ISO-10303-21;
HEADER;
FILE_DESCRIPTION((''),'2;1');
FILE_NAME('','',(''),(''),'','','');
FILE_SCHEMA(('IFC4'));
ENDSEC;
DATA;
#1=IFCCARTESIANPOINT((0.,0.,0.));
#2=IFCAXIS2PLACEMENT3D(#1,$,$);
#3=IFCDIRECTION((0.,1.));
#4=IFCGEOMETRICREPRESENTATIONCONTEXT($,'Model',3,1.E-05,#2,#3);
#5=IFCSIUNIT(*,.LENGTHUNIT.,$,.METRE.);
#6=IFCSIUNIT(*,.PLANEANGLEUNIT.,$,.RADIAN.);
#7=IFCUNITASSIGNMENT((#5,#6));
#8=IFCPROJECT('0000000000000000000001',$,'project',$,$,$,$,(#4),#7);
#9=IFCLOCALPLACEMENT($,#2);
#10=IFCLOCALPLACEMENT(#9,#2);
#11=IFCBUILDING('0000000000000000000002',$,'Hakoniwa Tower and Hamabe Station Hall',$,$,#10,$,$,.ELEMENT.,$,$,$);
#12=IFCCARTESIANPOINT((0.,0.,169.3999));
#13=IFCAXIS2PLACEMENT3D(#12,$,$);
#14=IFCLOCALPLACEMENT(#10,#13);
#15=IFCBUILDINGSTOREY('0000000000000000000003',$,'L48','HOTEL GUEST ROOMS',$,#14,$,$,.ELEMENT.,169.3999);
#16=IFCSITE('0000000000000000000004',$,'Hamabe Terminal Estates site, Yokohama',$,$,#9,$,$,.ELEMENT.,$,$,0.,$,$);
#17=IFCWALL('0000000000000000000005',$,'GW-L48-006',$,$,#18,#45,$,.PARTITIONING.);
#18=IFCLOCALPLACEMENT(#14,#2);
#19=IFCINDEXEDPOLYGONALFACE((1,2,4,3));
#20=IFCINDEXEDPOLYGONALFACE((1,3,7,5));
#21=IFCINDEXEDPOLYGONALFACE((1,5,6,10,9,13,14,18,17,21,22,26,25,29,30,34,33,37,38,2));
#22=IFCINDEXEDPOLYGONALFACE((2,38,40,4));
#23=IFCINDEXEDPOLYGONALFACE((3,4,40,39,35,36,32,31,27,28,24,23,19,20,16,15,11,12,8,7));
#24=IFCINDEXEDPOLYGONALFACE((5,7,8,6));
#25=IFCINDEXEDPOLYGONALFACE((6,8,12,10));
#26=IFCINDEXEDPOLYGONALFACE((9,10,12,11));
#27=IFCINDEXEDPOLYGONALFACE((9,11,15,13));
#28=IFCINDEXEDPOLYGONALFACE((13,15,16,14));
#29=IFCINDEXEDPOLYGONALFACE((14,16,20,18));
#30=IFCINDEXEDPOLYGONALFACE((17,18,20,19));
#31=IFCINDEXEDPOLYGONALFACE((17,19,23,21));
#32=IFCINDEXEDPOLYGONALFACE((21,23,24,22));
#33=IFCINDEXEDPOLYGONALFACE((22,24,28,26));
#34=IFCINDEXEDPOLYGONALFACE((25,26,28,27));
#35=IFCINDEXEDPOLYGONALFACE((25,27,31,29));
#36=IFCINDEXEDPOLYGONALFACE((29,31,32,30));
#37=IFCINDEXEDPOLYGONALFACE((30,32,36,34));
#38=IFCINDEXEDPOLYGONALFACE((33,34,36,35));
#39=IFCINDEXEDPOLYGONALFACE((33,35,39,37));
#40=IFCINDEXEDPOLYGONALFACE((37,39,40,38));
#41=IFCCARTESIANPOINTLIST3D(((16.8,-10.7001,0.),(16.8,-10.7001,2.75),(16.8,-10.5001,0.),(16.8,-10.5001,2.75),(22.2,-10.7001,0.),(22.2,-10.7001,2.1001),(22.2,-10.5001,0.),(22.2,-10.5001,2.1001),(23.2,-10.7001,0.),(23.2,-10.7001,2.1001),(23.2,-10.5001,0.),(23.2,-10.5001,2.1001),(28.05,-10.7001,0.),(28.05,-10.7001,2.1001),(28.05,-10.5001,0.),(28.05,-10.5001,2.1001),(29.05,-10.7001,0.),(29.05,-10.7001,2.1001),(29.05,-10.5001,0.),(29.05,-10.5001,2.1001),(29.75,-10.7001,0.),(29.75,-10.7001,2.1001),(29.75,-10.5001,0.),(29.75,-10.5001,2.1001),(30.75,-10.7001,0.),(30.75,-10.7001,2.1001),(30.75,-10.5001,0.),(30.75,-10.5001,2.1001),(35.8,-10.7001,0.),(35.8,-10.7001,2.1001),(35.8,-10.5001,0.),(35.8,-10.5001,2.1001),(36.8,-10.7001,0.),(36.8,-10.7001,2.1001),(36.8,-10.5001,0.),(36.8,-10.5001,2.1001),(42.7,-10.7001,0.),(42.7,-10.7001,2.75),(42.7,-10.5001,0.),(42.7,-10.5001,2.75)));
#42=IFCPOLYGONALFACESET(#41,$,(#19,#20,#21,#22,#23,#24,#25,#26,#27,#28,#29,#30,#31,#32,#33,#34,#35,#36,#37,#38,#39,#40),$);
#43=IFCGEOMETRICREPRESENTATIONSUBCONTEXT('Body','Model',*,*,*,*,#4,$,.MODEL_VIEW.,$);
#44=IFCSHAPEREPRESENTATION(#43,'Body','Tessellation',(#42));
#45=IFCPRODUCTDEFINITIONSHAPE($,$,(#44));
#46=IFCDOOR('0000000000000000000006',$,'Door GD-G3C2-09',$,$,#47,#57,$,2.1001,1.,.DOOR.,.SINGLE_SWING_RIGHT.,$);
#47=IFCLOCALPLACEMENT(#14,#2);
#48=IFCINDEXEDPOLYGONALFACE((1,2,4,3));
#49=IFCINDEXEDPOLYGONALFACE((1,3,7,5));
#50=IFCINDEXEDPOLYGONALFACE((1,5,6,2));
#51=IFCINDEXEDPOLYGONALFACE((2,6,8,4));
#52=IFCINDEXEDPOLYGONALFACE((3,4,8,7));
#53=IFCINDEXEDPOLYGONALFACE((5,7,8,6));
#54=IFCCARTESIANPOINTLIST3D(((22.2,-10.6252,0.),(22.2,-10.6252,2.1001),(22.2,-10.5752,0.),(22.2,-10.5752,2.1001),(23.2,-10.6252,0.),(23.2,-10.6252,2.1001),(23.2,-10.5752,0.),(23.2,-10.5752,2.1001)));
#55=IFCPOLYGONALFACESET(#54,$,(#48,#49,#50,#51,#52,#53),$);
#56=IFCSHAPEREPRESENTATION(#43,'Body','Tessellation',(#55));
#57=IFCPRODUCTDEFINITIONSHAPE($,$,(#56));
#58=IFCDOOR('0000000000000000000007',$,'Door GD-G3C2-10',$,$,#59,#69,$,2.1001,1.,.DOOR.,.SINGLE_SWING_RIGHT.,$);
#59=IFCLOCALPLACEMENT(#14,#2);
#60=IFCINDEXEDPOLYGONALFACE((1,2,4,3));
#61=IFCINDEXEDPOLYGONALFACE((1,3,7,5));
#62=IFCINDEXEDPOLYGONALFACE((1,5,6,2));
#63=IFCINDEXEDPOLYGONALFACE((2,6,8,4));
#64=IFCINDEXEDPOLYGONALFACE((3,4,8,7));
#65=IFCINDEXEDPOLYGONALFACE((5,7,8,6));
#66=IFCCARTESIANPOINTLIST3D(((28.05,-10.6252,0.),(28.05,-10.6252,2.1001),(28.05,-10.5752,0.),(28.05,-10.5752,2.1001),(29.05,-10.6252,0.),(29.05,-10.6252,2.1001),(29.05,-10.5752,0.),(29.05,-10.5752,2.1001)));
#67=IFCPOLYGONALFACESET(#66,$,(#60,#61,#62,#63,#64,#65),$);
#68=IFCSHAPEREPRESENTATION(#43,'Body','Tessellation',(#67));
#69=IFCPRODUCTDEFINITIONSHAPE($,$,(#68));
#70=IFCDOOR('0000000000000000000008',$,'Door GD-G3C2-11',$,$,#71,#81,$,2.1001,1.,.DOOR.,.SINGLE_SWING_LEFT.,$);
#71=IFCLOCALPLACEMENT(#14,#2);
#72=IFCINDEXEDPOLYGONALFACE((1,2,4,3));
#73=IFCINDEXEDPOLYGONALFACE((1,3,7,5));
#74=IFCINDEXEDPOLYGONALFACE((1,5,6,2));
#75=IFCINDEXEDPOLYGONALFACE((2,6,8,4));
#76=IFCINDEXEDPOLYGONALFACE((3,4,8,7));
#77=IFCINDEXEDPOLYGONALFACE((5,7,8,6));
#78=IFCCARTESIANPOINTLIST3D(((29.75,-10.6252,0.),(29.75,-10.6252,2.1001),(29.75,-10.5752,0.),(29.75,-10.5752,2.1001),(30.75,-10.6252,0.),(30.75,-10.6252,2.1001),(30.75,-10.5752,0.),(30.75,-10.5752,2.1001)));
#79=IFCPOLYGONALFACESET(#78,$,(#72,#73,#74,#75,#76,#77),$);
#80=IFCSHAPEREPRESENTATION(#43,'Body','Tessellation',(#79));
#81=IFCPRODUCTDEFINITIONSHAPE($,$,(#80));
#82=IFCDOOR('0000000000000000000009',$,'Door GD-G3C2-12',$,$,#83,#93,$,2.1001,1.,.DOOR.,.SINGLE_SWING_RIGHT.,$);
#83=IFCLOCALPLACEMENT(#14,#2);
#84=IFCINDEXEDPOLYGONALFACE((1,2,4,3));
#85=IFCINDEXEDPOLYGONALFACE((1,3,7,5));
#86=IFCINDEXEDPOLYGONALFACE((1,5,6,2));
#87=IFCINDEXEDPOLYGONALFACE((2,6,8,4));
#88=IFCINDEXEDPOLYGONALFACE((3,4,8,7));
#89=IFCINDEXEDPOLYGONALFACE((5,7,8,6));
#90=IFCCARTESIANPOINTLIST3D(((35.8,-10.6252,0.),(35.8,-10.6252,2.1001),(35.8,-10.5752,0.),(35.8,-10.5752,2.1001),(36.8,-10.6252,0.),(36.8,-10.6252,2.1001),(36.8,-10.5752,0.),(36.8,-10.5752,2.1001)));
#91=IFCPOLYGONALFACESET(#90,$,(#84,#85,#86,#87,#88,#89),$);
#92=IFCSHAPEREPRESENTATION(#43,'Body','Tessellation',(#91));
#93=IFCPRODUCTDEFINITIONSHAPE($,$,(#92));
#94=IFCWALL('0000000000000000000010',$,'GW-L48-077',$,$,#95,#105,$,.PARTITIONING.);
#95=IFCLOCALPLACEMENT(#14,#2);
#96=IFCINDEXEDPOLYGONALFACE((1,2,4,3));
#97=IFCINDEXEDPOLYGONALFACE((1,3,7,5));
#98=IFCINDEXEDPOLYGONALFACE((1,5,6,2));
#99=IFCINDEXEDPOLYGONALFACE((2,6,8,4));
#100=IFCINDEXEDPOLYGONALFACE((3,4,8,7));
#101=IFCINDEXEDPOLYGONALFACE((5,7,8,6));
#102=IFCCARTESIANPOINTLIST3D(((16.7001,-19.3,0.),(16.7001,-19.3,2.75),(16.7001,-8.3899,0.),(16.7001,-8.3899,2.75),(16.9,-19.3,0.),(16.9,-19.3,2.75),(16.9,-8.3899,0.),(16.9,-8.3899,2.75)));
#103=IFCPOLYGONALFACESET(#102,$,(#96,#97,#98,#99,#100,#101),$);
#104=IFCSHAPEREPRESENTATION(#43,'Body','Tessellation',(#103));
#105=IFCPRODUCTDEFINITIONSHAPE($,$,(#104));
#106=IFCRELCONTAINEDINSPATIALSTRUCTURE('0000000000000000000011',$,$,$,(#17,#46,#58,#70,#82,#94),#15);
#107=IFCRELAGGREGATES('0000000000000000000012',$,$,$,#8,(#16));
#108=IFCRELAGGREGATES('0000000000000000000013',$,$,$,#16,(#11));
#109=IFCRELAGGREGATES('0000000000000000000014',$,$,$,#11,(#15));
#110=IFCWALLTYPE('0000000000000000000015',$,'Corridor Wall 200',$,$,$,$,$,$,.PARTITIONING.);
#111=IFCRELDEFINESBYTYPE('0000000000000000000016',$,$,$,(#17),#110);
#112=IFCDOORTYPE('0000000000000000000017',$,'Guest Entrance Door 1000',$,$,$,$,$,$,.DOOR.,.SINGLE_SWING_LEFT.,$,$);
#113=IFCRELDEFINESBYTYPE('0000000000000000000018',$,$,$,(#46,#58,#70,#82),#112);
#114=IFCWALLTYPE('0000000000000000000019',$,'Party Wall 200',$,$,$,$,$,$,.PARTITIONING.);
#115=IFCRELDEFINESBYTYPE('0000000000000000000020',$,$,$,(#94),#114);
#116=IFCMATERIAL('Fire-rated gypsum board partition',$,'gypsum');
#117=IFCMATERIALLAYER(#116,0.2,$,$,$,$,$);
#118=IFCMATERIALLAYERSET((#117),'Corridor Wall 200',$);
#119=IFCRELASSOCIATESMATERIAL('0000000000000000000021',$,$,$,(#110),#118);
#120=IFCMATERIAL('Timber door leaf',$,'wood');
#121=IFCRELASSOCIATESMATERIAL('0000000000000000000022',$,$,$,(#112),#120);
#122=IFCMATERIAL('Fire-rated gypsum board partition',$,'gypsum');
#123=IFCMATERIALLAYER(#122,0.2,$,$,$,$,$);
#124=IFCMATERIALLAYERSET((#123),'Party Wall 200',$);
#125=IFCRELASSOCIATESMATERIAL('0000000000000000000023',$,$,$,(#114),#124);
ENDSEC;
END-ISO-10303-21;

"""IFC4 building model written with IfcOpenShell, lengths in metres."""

from ifc_helpers import new_model, si_unit, direction, frame, frame_2d, origin, place, context, subcontext, project, spatial, rectangle, extrude, material, layer, layer_set, type_object, element, fill, save


model = new_model("IFC4")

# Units and contexts
model_context = context("Model", 3, precision=1e-05, world=origin(), true_north=direction((0.0, 1.0)))
body_context = subcontext(model_context, "Body", "Model", "MODEL_VIEW")
ifc_project = project(units=[si_unit("LENGTHUNIT", "METRE"), si_unit("PLANEANGLEUNIT", "RADIAN")], contexts=[model_context])

# Site, building, storey
site_placement = place(None, origin())
site = spatial("IfcSite", under=ifc_project, at=site_placement, Name="Hamabe Terminal Estates site, Yokohama", CompositionType="ELEMENT", RefElevation=0.0)
building_placement = place(site_placement, origin())
building = spatial("IfcBuilding", under=site, at=building_placement, Name="Hakoniwa Tower and Hamabe Station Hall", CompositionType="ELEMENT")
storey_placement = place(building_placement, frame((0.0, 0.0, 169.3999)))
storey = spatial("IfcBuildingStorey", under=building, at=storey_placement, Name="L48", Description="HOTEL GUEST ROOMS", CompositionType="ELEMENT", Elevation=169.3999)

# Wall, openings, doors
ifc_material_1 = material(Name="Fire-rated gypsum board partition", Category="gypsum")
ifc_layer_1 = layer(ifc_material_1, 0.2)
ifc_layer_set_1 = layer_set([ifc_layer_1], Name="Corridor Wall 200")
wall_type_1 = type_object("IfcWallType", Name="Corridor Wall 200", PredefinedType="PARTITIONING", material=ifc_layer_set_1)
wall_1_placement = place(storey_placement, frame((16.8, -10.6001, 0.0), z_axis=(0.0, 0.0, 1.0), x_axis=(1.0, 0.0, 0.0)))
wall_1 = element("IfcWall", 1, at=wall_1_placement, inside=storey, type_object=wall_type_1, Name="GW-L48-006", PredefinedType="PARTITIONING", context=body_context, shape_type="SweptSolid", body=[
    extrude(rectangle(XDim=25.8999, YDim=0.2, at=frame_2d((12.95, 0.0))), origin(), (0.0, 0.0, 1.0), 2.75),
])
opening_1_placement = place(wall_1_placement, frame((5.3999, 0.0, 0.0)))
opening_1 = element("IfcOpeningElement", 2, at=opening_1_placement, cuts=wall_1, PredefinedType="OPENING", context=body_context, shape_type="SweptSolid", body=[
    extrude(rectangle(XDim=1.0, YDim=2.1001, at=frame_2d((0.5, 1.05))), frame((0.0, 0.1099, 0.0), z_axis=(0.0, -1.0, 0.0), x_axis=(1.0, 0.0, 0.0)), (0.0, 0.0, 1.0), 0.22),
])
opening_2_placement = place(wall_1_placement, frame((11.25, 0.0, 0.0)))
opening_2 = element("IfcOpeningElement", 3, at=opening_2_placement, cuts=wall_1, PredefinedType="OPENING", context=body_context, shape_type="SweptSolid", body=[
    extrude(rectangle(XDim=1.0, YDim=2.1001, at=frame_2d((0.5, 1.05))), frame((0.0, 0.1099, 0.0), z_axis=(0.0, -1.0, 0.0), x_axis=(1.0, 0.0, 0.0)), (0.0, 0.0, 1.0), 0.22),
])
opening_3_placement = place(wall_1_placement, frame((12.95, 0.0, 0.0)))
opening_3 = element("IfcOpeningElement", 4, at=opening_3_placement, cuts=wall_1, PredefinedType="OPENING", context=body_context, shape_type="SweptSolid", body=[
    extrude(rectangle(XDim=1.0, YDim=2.1001, at=frame_2d((0.5, 1.05))), frame((0.0, 0.1099, 0.0), z_axis=(0.0, -1.0, 0.0), x_axis=(1.0, 0.0, 0.0)), (0.0, 0.0, 1.0), 0.22),
])
opening_4_placement = place(wall_1_placement, frame((19.0, 0.0, 0.0)))
opening_4 = element("IfcOpeningElement", 5, at=opening_4_placement, cuts=wall_1, PredefinedType="OPENING", context=body_context, shape_type="SweptSolid", body=[
    extrude(rectangle(XDim=1.0, YDim=2.1001, at=frame_2d((0.5, 1.05))), frame((0.0, 0.1099, 0.0), z_axis=(0.0, -1.0, 0.0), x_axis=(1.0, 0.0, 0.0)), (0.0, 0.0, 1.0), 0.22),
])
ifc_material_2 = material(Name="Timber door leaf", Category="wood")
door_type_1 = type_object("IfcDoorType", Name="Guest Entrance Door 1000", OperationType="SINGLE_SWING_LEFT", PredefinedType="DOOR", material=ifc_material_2)
door_1_placement = place(opening_1_placement, origin())
door_1 = element("IfcDoor", 6, at=door_1_placement, inside=storey, type_object=door_type_1, Name="Door GD-G3C2-09", OperationType="SINGLE_SWING_RIGHT", OverallHeight=2.1001, OverallWidth=1.0, PredefinedType="DOOR", context=body_context, shape_type="SweptSolid", body=[
    extrude(rectangle(XDim=1.0, YDim=2.1001, at=frame_2d((0.5, 1.05))), frame((0.0, 0.0249, 0.0), z_axis=(0.0, -1.0, 0.0), x_axis=(1.0, 0.0, 0.0)), (0.0, 0.0, 1.0), 0.05),
])
fill(opening_1, door_1)
door_2_placement = place(opening_2_placement, origin())
door_2 = element("IfcDoor", 7, at=door_2_placement, inside=storey, type_object=door_type_1, Name="Door GD-G3C2-10", OperationType="SINGLE_SWING_RIGHT", OverallHeight=2.1001, OverallWidth=1.0, PredefinedType="DOOR", context=body_context, shape_type="SweptSolid", body=[
    extrude(rectangle(XDim=1.0, YDim=2.1001, at=frame_2d((0.5, 1.05))), frame((0.0, 0.0249, 0.0), z_axis=(0.0, -1.0, 0.0), x_axis=(1.0, 0.0, 0.0)), (0.0, 0.0, 1.0), 0.05),
])
fill(opening_2, door_2)
door_3_placement = place(opening_3_placement, origin())
door_3 = element("IfcDoor", 8, at=door_3_placement, inside=storey, type_object=door_type_1, Name="Door GD-G3C2-11", OperationType="SINGLE_SWING_LEFT", OverallHeight=2.1001, OverallWidth=1.0, PredefinedType="DOOR", context=body_context, shape_type="SweptSolid", body=[
    extrude(rectangle(XDim=1.0, YDim=2.1001, at=frame_2d((0.5, 1.05))), frame((0.0, 0.0249, 0.0), z_axis=(0.0, -1.0, 0.0), x_axis=(1.0, 0.0, 0.0)), (0.0, 0.0, 1.0), 0.05),
])
fill(opening_3, door_3)
door_4_placement = place(opening_4_placement, origin())
door_4 = element("IfcDoor", 9, at=door_4_placement, inside=storey, type_object=door_type_1, Name="Door GD-G3C2-12", OperationType="SINGLE_SWING_RIGHT", OverallHeight=2.1001, OverallWidth=1.0, PredefinedType="DOOR", context=body_context, shape_type="SweptSolid", body=[
    extrude(rectangle(XDim=1.0, YDim=2.1001, at=frame_2d((0.5, 1.05))), frame((0.0, 0.0249, 0.0), z_axis=(0.0, -1.0, 0.0), x_axis=(1.0, 0.0, 0.0)), (0.0, 0.0, 1.0), 0.05),
])
fill(opening_4, door_4)

# Wall
ifc_material_3 = material(Name="Fire-rated gypsum board partition", Category="gypsum")
ifc_layer_2 = layer(ifc_material_3, 0.2)
ifc_layer_set_2 = layer_set([ifc_layer_2], Name="Party Wall 200")
wall_type_2 = type_object("IfcWallType", Name="Party Wall 200", PredefinedType="PARTITIONING", material=ifc_layer_set_2)
wall_2_placement = place(storey_placement, frame((16.8, -19.3, 0.0), z_axis=(0.0, 0.0, 1.0), x_axis=(0.0, 1.0, 0.0)))
element("IfcWall", 10, at=wall_2_placement, inside=storey, type_object=wall_type_2, Name="GW-L48-077", PredefinedType="PARTITIONING", context=body_context, shape_type="SweptSolid", body=[
    extrude(rectangle(XDim=10.9102, YDim=0.2, at=frame_2d((5.4551, 0.0))), origin(), (0.0, 0.0, 1.0), 2.75),
])

save(model, "model.ifc")
